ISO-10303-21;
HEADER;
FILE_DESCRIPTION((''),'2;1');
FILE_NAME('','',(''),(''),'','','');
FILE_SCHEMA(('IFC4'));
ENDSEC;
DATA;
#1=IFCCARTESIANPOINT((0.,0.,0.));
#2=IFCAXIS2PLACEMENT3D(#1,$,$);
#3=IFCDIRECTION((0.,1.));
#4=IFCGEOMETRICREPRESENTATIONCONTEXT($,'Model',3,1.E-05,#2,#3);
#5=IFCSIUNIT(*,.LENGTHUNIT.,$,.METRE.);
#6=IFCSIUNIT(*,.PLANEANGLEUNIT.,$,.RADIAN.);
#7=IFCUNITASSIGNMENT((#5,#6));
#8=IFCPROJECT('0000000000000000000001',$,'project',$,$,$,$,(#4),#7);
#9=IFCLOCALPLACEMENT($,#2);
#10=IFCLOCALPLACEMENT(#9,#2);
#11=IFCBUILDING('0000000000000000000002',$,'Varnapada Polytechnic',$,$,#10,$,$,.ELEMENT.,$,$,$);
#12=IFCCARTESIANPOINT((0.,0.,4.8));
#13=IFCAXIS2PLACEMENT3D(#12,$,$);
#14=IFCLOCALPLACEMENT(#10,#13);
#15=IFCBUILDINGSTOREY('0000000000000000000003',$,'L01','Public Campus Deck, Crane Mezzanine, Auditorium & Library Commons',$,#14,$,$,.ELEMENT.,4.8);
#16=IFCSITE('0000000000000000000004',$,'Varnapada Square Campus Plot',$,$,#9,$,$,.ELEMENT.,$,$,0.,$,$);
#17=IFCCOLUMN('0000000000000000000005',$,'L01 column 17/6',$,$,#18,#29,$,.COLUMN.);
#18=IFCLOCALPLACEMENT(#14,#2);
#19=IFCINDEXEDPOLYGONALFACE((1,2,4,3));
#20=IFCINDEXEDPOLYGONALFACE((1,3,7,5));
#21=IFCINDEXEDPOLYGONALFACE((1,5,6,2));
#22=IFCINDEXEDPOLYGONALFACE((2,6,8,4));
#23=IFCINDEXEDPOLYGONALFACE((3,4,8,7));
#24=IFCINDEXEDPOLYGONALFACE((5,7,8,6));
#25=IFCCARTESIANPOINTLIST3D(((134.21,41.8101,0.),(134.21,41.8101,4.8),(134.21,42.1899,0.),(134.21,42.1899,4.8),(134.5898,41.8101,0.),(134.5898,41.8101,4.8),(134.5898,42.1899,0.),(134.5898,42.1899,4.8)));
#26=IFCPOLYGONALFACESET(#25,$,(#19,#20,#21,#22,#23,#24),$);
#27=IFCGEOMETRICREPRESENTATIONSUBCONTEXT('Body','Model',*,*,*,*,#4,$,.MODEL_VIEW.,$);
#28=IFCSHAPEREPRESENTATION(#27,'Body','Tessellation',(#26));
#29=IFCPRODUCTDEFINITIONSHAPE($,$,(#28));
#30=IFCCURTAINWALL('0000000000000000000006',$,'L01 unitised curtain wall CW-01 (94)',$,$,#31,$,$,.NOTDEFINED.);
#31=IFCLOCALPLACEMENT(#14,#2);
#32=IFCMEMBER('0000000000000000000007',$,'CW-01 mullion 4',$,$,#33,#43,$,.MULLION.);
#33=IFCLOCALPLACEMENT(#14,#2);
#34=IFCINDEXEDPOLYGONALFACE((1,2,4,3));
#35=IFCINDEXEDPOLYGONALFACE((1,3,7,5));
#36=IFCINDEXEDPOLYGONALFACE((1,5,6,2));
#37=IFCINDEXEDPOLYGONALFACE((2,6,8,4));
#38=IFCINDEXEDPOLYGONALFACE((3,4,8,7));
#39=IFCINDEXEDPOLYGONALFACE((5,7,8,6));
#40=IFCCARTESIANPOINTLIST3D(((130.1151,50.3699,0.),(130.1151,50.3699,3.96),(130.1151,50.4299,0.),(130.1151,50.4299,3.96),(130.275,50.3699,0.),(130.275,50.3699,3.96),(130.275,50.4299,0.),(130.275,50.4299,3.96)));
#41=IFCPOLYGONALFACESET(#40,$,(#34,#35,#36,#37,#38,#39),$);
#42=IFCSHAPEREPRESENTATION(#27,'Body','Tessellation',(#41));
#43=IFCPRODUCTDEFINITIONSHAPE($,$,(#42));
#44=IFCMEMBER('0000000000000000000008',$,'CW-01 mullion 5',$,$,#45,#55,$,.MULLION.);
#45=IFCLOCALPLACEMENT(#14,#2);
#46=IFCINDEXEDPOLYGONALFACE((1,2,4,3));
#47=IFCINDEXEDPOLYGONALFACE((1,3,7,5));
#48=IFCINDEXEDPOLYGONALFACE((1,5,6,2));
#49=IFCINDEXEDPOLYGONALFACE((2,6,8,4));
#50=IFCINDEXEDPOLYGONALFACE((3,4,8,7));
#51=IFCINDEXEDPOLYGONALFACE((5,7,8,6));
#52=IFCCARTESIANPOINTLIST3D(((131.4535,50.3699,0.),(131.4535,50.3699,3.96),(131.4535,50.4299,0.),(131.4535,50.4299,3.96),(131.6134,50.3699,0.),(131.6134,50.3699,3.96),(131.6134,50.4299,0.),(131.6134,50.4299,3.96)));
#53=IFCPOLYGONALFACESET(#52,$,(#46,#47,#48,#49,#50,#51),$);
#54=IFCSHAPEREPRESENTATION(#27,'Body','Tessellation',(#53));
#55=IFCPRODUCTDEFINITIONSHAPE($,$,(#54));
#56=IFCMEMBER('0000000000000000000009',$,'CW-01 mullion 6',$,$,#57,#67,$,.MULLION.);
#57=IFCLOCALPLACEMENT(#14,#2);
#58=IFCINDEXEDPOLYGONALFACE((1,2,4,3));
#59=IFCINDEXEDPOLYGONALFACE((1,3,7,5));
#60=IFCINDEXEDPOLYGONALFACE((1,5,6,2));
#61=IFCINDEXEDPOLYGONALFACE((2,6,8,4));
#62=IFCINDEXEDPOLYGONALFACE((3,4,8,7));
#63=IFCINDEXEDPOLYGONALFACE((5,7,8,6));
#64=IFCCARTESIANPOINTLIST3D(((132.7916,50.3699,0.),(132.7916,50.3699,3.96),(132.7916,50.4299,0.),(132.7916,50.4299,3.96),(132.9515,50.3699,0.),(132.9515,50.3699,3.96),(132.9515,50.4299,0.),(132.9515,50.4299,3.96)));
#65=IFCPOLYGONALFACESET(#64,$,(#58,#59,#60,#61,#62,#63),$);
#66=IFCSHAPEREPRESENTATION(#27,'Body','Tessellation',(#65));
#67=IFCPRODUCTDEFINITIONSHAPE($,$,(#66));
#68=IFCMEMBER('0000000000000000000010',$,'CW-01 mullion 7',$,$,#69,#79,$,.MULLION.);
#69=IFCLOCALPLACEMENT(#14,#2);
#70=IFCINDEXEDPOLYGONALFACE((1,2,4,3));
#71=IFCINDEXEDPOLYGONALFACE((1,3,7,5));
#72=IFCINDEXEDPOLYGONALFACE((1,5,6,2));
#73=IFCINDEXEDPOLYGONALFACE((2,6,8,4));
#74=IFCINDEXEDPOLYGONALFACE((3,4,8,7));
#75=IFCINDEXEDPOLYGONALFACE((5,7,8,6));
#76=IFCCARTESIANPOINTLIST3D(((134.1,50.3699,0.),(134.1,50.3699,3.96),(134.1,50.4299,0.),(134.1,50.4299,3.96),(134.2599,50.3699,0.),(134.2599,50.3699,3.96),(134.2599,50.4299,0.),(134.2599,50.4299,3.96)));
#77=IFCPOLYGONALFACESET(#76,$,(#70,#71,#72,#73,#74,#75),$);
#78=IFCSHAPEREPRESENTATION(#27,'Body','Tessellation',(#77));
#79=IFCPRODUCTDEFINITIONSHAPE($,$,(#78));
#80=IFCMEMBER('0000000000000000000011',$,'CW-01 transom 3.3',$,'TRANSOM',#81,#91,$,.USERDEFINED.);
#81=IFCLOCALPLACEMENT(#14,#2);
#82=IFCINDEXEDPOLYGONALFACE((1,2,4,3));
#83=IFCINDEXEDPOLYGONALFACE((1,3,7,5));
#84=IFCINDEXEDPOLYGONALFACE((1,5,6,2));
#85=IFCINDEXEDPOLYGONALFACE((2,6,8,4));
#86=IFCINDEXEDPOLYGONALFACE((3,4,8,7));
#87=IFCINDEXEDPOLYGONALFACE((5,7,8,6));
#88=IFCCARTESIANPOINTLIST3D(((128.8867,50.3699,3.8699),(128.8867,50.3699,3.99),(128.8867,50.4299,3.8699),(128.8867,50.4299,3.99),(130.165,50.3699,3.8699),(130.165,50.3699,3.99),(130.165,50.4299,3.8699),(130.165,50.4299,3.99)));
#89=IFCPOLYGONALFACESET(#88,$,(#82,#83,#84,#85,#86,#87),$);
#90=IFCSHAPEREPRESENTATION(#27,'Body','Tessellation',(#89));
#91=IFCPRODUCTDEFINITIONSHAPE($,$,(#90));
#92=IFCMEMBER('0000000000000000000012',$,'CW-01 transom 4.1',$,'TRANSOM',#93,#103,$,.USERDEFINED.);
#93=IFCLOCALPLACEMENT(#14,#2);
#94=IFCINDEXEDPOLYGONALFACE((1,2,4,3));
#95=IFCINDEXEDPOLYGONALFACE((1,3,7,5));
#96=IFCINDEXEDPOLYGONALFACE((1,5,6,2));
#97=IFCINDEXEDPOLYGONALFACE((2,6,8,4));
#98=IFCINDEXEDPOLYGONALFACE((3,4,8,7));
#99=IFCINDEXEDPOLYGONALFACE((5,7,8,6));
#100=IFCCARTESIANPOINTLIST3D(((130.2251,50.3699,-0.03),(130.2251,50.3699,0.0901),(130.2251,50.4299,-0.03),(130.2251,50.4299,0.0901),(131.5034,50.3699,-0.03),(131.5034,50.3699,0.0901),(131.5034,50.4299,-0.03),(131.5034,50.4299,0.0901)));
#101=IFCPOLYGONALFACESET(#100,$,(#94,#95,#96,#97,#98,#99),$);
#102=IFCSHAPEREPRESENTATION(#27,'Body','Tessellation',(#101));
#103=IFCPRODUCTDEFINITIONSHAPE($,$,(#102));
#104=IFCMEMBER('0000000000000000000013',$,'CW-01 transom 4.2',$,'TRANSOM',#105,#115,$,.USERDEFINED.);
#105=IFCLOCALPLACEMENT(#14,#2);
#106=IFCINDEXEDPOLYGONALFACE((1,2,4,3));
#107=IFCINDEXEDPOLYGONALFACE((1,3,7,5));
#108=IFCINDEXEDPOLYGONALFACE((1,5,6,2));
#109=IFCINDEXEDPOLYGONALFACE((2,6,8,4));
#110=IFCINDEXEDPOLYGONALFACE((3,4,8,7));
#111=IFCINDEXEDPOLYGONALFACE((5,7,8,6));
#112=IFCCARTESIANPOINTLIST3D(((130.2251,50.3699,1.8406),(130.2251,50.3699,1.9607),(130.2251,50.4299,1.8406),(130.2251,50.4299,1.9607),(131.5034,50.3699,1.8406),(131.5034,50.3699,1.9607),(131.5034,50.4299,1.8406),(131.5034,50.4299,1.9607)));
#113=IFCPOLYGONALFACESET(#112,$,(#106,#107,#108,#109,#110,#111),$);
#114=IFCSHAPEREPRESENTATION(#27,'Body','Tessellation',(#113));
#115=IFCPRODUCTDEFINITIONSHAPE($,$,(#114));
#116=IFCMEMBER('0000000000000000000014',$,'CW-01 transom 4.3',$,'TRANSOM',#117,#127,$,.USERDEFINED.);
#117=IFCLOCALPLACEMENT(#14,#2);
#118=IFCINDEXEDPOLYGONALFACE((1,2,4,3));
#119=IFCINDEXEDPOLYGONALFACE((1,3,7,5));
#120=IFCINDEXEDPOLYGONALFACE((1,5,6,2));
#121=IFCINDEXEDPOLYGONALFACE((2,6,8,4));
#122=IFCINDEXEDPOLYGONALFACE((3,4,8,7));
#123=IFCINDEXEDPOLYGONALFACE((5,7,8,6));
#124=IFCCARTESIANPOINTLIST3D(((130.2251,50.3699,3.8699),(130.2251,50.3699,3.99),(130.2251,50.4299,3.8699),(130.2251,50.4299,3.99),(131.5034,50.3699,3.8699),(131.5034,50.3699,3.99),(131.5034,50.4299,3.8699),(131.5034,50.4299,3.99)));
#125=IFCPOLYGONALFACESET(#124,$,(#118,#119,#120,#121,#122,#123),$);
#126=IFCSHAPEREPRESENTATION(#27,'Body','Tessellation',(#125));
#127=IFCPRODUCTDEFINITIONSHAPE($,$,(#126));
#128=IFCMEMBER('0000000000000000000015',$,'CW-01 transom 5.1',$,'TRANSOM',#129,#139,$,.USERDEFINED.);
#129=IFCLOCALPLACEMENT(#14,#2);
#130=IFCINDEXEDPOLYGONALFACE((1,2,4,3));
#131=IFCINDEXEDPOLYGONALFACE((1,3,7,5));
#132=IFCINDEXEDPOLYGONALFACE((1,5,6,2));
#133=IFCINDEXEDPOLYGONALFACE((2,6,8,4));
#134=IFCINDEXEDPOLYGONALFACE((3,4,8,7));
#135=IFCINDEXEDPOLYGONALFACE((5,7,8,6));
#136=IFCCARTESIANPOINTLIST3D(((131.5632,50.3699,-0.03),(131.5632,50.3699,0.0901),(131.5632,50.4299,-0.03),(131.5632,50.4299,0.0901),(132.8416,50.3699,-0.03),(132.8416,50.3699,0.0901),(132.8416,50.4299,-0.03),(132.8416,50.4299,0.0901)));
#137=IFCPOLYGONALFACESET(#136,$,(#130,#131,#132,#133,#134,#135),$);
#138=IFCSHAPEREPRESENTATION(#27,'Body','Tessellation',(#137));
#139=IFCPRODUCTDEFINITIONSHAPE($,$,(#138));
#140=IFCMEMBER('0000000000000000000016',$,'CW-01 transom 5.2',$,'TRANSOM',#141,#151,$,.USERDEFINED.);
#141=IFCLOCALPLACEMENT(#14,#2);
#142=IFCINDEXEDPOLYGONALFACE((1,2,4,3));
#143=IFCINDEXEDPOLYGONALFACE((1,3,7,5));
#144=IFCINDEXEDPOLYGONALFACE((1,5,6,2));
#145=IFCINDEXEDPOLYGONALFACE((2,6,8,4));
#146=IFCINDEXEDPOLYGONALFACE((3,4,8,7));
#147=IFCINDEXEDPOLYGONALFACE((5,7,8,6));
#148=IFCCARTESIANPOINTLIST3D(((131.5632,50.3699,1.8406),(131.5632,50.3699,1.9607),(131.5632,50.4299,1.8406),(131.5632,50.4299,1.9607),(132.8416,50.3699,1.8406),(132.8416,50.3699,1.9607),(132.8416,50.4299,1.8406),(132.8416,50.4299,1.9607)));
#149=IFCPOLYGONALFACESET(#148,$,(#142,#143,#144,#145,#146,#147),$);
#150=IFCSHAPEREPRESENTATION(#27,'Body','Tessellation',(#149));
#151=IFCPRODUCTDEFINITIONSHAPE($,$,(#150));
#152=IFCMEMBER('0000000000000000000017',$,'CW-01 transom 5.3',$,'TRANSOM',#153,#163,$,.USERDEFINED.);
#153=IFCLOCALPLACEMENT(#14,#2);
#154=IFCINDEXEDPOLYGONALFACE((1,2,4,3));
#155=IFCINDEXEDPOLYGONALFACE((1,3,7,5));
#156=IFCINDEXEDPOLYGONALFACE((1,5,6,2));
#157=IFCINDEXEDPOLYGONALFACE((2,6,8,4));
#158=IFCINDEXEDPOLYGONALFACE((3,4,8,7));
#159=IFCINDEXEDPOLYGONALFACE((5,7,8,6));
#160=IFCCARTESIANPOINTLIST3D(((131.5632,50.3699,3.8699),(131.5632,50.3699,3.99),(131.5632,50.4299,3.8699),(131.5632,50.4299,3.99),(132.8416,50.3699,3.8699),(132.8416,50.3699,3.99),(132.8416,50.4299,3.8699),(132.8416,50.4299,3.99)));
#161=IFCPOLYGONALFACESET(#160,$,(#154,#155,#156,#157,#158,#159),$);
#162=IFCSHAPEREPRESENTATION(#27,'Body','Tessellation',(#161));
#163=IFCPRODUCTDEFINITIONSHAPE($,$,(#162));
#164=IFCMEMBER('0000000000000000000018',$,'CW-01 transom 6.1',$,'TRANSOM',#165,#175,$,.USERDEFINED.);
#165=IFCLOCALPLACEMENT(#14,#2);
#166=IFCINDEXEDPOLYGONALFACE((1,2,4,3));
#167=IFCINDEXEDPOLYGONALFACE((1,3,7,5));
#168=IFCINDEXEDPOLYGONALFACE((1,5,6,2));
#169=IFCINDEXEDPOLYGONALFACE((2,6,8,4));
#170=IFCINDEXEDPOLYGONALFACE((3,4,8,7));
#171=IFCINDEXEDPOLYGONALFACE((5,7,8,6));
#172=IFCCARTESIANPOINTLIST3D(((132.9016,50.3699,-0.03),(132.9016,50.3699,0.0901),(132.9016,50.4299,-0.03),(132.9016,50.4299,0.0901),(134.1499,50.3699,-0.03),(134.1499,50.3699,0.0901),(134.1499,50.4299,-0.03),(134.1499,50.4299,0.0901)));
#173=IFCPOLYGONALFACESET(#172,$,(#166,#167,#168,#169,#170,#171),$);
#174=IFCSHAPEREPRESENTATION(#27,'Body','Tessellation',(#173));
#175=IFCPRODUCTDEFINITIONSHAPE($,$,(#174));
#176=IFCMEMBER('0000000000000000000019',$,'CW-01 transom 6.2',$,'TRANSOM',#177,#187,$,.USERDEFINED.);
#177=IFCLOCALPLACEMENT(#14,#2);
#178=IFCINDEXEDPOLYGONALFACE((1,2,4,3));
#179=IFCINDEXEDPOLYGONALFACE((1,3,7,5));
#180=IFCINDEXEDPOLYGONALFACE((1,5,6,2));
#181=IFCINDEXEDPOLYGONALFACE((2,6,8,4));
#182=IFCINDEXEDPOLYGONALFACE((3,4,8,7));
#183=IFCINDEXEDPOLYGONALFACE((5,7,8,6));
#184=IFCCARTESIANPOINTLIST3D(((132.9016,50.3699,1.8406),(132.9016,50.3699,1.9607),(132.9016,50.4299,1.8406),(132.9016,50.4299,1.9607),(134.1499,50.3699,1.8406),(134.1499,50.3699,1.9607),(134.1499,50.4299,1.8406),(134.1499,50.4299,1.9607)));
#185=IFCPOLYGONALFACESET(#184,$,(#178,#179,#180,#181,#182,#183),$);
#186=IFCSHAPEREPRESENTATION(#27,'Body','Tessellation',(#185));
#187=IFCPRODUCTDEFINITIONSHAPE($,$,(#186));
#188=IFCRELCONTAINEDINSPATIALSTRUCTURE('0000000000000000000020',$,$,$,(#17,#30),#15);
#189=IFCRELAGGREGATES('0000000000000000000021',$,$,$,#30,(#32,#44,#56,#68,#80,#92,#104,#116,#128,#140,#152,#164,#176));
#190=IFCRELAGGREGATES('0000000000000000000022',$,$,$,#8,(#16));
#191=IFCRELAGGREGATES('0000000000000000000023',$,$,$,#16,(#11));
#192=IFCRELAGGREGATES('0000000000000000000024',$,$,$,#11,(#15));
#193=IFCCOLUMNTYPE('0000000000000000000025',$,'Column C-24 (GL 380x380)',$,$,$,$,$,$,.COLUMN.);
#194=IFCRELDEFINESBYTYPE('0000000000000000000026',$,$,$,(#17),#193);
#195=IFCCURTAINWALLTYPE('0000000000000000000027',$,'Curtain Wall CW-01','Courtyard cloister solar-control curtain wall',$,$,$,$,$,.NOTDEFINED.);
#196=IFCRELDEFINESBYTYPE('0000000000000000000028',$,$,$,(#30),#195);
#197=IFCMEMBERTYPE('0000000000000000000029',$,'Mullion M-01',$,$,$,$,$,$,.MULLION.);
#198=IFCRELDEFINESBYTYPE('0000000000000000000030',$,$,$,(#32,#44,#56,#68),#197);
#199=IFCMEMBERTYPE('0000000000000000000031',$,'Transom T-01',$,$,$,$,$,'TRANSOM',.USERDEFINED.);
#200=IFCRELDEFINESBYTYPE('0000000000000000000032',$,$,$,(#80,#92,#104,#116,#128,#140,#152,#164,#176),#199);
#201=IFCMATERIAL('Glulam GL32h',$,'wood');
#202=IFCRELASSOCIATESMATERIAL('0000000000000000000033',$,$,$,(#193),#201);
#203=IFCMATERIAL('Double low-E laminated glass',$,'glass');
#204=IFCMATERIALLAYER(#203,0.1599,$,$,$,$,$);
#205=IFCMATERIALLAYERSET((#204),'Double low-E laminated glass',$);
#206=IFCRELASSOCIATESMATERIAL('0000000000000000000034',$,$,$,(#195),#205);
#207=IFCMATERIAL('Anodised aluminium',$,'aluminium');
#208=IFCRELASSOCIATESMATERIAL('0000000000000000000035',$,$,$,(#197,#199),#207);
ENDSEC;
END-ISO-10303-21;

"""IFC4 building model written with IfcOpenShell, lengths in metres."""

from ifc_helpers import new_model, si_unit, direction, frame, origin, origin_2d, place, context, subcontext, project, spatial, rectangle, extrude, material, layer, layer_set, material_profile, profile_set, type_object, element, aggregate, save


model = new_model("IFC4")

# Units and contexts
model_context = context("Model", 3, precision=1e-05, world=origin(), true_north=direction((0.0, 1.0)))
body_context = subcontext(model_context, "Body", "Model", "MODEL_VIEW")
ifc_project = project(units=[si_unit("LENGTHUNIT", "METRE"), si_unit("PLANEANGLEUNIT", "RADIAN")], contexts=[model_context])

# Site, building, storey
site_placement = place(None, origin())
site = spatial("IfcSite", under=ifc_project, at=site_placement, Name="Varnapada Square Campus Plot", CompositionType="ELEMENT", RefElevation=0.0)
building_placement = place(site_placement, origin())
building = spatial("IfcBuilding", under=site, at=building_placement, Name="Varnapada Polytechnic", CompositionType="ELEMENT")
storey_placement = place(building_placement, frame((0.0, 0.0, 4.8)))
storey = spatial("IfcBuildingStorey", under=building, at=storey_placement, Name="L01", Description="Public Campus Deck, Crane Mezzanine, Auditorium & Library Commons", CompositionType="ELEMENT", Elevation=4.8)

# Column
ifc_material_1 = material(Name="Glulam GL32h", Category="wood")
ifc_material_profile_1 = material_profile(ifc_material_1, rectangle(XDim=0.3799, YDim=0.3799, at=origin_2d()), Name="GL 380x380")
ifc_profile_set_1 = profile_set([ifc_material_profile_1], Name="Glulam GL32h")
column_type = type_object("IfcColumnType", Name="Column C-24 (GL 380x380)", PredefinedType="COLUMN", material=ifc_profile_set_1)
column_placement = place(storey_placement, frame((134.3999, 42.0, 0.0), z_axis=(0.0, 0.0, 1.0), x_axis=(1.0, 0.0, 0.0)))
element("IfcColumn", 1, at=column_placement, inside=storey, type_object=column_type, Name="L01 column 17/6", PredefinedType="COLUMN", context=body_context, shape_type="SweptSolid", body=[
    extrude(rectangle(XDim=0.3799, YDim=0.3799, at=origin_2d()), origin(), (0.0, 0.0, 1.0), 4.8),
])

# Curtain wall, members
ifc_material_2 = material(Name="Double low-E laminated glass", Category="glass")
ifc_layer_1 = layer(ifc_material_2, 0.1599)
ifc_layer_set_1 = layer_set([ifc_layer_1], Name="Double low-E laminated glass")
curtain_wall_type = type_object("IfcCurtainWallType", Name="Curtain Wall CW-01", Description="Courtyard cloister solar-control curtain wall", PredefinedType="NOTDEFINED", material=ifc_layer_set_1)
curtain_wall_placement = place(storey_placement, origin())
curtain_wall = element("IfcCurtainWall", 2, at=curtain_wall_placement, inside=storey, type_object=curtain_wall_type, Name="L01 unitised curtain wall CW-01 (94)", PredefinedType="NOTDEFINED")
ifc_material_3 = material(Name="Anodised aluminium", Category="aluminium")
ifc_material_profile_2 = material_profile(ifc_material_3, rectangle(XDim=0.0601, YDim=0.1599, at=origin_2d()), Name="ALU M60x160")
ifc_profile_set_2 = profile_set([ifc_material_profile_2], Name="Anodised aluminium")
member_type_1 = type_object("IfcMemberType", Name="Mullion M-01", PredefinedType="MULLION", material=ifc_profile_set_2)
member_1_placement = place(storey_placement, frame((130.1951, 50.3999, 0.0), z_axis=(0.0, 0.0, 1.0), x_axis=(0.0, 1.0, 0.0)))
member_1 = element("IfcMember", 3, at=member_1_placement, type_object=member_type_1, Name="CW-01 mullion 4", PredefinedType="MULLION", context=body_context, shape_type="SweptSolid", body=[
    extrude(rectangle(XDim=0.0601, YDim=0.1599, at=origin_2d()), origin(), (0.0, 0.0, 1.0), 3.96),
])
member_2_placement = place(storey_placement, frame((131.5334, 50.3999, 0.0), z_axis=(0.0, 0.0, 1.0), x_axis=(0.0, 1.0, 0.0)))
member_2 = element("IfcMember", 4, at=member_2_placement, type_object=member_type_1, Name="CW-01 mullion 5", PredefinedType="MULLION", context=body_context, shape_type="SweptSolid", body=[
    extrude(rectangle(XDim=0.0601, YDim=0.1599, at=origin_2d()), origin(), (0.0, 0.0, 1.0), 3.96),
])
member_3_placement = place(storey_placement, frame((132.8716, 50.3999, 0.0), z_axis=(0.0, 0.0, 1.0), x_axis=(0.0, 1.0, 0.0)))
member_3 = element("IfcMember", 5, at=member_3_placement, type_object=member_type_1, Name="CW-01 mullion 6", PredefinedType="MULLION", context=body_context, shape_type="SweptSolid", body=[
    extrude(rectangle(XDim=0.0601, YDim=0.1599, at=origin_2d()), origin(), (0.0, 0.0, 1.0), 3.96),
])
member_4_placement = place(storey_placement, frame((134.1799, 50.3999, 0.0), z_axis=(0.0, 0.0, 1.0), x_axis=(0.0, 1.0, 0.0)))
member_4 = element("IfcMember", 6, at=member_4_placement, type_object=member_type_1, Name="CW-01 mullion 7", PredefinedType="MULLION", context=body_context, shape_type="SweptSolid", body=[
    extrude(rectangle(XDim=0.0601, YDim=0.1599, at=origin_2d()), origin(), (0.0, 0.0, 1.0), 3.96),
])
ifc_material_profile_3 = material_profile(ifc_material_3, rectangle(XDim=0.0601, YDim=0.1201, at=origin_2d()), Name="ALU T60x120")
ifc_profile_set_3 = profile_set([ifc_material_profile_3], Name="Anodised aluminium")
member_type_2 = type_object("IfcMemberType", Name="Transom T-01", ElementType="TRANSOM", PredefinedType="USERDEFINED", material=ifc_profile_set_3)
member_5_placement = place(storey_placement, frame((128.8867, 50.3999, 3.9299), z_axis=(1.0, 0.0, 0.0), x_axis=(0.0, 1.0, 0.0)))
member_5 = element("IfcMember", 7, at=member_5_placement, type_object=member_type_2, Name="CW-01 transom 3.3", ObjectType="TRANSOM", PredefinedType="USERDEFINED", context=body_context, shape_type="SweptSolid", body=[
    extrude(rectangle(XDim=0.0601, YDim=0.1201, at=origin_2d()), origin(), (0.0, 0.0, 1.0), 1.2783),
])
member_6_placement = place(storey_placement, frame((130.2251, 50.3999, 0.03), z_axis=(1.0, 0.0, 0.0), x_axis=(0.0, 1.0, 0.0)))
member_6 = element("IfcMember", 8, at=member_6_placement, type_object=member_type_2, Name="CW-01 transom 4.1", ObjectType="TRANSOM", PredefinedType="USERDEFINED", context=body_context, shape_type="SweptSolid", body=[
    extrude(rectangle(XDim=0.0601, YDim=0.1201, at=origin_2d()), origin(), (0.0, 0.0, 1.0), 1.2783),
])
member_7_placement = place(storey_placement, frame((130.2251, 50.3999, 1.9006), z_axis=(1.0, 0.0, 0.0), x_axis=(0.0, 1.0, 0.0)))
member_7 = element("IfcMember", 9, at=member_7_placement, type_object=member_type_2, Name="CW-01 transom 4.2", ObjectType="TRANSOM", PredefinedType="USERDEFINED", context=body_context, shape_type="SweptSolid", body=[
    extrude(rectangle(XDim=0.0601, YDim=0.1201, at=origin_2d()), origin(), (0.0, 0.0, 1.0), 1.2783),
])
member_8_placement = place(storey_placement, frame((130.2251, 50.3999, 3.9299), z_axis=(1.0, 0.0, 0.0), x_axis=(0.0, 1.0, 0.0)))
member_8 = element("IfcMember", 10, at=member_8_placement, type_object=member_type_2, Name="CW-01 transom 4.3", ObjectType="TRANSOM", PredefinedType="USERDEFINED", context=body_context, shape_type="SweptSolid", body=[
    extrude(rectangle(XDim=0.0601, YDim=0.1201, at=origin_2d()), origin(), (0.0, 0.0, 1.0), 1.2783),
])
member_9_placement = place(storey_placement, frame((131.5632, 50.3999, 0.03), z_axis=(1.0, 0.0, 0.0), x_axis=(0.0, 1.0, 0.0)))
member_9 = element("IfcMember", 11, at=member_9_placement, type_object=member_type_2, Name="CW-01 transom 5.1", ObjectType="TRANSOM", PredefinedType="USERDEFINED", context=body_context, shape_type="SweptSolid", body=[
    extrude(rectangle(XDim=0.0601, YDim=0.1201, at=origin_2d()), origin(), (0.0, 0.0, 1.0), 1.2783),
])
member_10_placement = place(storey_placement, frame((131.5632, 50.3999, 1.9006), z_axis=(1.0, 0.0, 0.0), x_axis=(0.0, 1.0, 0.0)))
member_10 = element("IfcMember", 12, at=member_10_placement, type_object=member_type_2, Name="CW-01 transom 5.2", ObjectType="TRANSOM", PredefinedType="USERDEFINED", context=body_context, shape_type="SweptSolid", body=[
    extrude(rectangle(XDim=0.0601, YDim=0.1201, at=origin_2d()), origin(), (0.0, 0.0, 1.0), 1.2783),
])
member_11_placement = place(storey_placement, frame((131.5632, 50.3999, 3.9299), z_axis=(1.0, 0.0, 0.0), x_axis=(0.0, 1.0, 0.0)))
member_11 = element("IfcMember", 13, at=member_11_placement, type_object=member_type_2, Name="CW-01 transom 5.3", ObjectType="TRANSOM", PredefinedType="USERDEFINED", context=body_context, shape_type="SweptSolid", body=[
    extrude(rectangle(XDim=0.0601, YDim=0.1201, at=origin_2d()), origin(), (0.0, 0.0, 1.0), 1.2783),
])
member_12_placement = place(storey_placement, frame((132.9016, 50.3999, 0.03), z_axis=(1.0, 0.0, 0.0), x_axis=(0.0, 1.0, 0.0)))
member_12 = element("IfcMember", 14, at=member_12_placement, type_object=member_type_2, Name="CW-01 transom 6.1", ObjectType="TRANSOM", PredefinedType="USERDEFINED", context=body_context, shape_type="SweptSolid", body=[
    extrude(rectangle(XDim=0.0601, YDim=0.1201, at=origin_2d()), origin(), (0.0, 0.0, 1.0), 1.2483),
])
member_13_placement = place(storey_placement, frame((132.9016, 50.3999, 1.9006), z_axis=(1.0, 0.0, 0.0), x_axis=(0.0, 1.0, 0.0)))
member_13 = element("IfcMember", 15, at=member_13_placement, type_object=member_type_2, Name="CW-01 transom 6.2", ObjectType="TRANSOM", PredefinedType="USERDEFINED", context=body_context, shape_type="SweptSolid", body=[
    extrude(rectangle(XDim=0.0601, YDim=0.1201, at=origin_2d()), origin(), (0.0, 0.0, 1.0), 1.2483),
])

aggregate(curtain_wall, [member_1, member_2, member_3, member_4, member_5, member_6, member_7, member_8, member_9, member_10, member_11, member_12, member_13])

save(model, "model.ifc")
